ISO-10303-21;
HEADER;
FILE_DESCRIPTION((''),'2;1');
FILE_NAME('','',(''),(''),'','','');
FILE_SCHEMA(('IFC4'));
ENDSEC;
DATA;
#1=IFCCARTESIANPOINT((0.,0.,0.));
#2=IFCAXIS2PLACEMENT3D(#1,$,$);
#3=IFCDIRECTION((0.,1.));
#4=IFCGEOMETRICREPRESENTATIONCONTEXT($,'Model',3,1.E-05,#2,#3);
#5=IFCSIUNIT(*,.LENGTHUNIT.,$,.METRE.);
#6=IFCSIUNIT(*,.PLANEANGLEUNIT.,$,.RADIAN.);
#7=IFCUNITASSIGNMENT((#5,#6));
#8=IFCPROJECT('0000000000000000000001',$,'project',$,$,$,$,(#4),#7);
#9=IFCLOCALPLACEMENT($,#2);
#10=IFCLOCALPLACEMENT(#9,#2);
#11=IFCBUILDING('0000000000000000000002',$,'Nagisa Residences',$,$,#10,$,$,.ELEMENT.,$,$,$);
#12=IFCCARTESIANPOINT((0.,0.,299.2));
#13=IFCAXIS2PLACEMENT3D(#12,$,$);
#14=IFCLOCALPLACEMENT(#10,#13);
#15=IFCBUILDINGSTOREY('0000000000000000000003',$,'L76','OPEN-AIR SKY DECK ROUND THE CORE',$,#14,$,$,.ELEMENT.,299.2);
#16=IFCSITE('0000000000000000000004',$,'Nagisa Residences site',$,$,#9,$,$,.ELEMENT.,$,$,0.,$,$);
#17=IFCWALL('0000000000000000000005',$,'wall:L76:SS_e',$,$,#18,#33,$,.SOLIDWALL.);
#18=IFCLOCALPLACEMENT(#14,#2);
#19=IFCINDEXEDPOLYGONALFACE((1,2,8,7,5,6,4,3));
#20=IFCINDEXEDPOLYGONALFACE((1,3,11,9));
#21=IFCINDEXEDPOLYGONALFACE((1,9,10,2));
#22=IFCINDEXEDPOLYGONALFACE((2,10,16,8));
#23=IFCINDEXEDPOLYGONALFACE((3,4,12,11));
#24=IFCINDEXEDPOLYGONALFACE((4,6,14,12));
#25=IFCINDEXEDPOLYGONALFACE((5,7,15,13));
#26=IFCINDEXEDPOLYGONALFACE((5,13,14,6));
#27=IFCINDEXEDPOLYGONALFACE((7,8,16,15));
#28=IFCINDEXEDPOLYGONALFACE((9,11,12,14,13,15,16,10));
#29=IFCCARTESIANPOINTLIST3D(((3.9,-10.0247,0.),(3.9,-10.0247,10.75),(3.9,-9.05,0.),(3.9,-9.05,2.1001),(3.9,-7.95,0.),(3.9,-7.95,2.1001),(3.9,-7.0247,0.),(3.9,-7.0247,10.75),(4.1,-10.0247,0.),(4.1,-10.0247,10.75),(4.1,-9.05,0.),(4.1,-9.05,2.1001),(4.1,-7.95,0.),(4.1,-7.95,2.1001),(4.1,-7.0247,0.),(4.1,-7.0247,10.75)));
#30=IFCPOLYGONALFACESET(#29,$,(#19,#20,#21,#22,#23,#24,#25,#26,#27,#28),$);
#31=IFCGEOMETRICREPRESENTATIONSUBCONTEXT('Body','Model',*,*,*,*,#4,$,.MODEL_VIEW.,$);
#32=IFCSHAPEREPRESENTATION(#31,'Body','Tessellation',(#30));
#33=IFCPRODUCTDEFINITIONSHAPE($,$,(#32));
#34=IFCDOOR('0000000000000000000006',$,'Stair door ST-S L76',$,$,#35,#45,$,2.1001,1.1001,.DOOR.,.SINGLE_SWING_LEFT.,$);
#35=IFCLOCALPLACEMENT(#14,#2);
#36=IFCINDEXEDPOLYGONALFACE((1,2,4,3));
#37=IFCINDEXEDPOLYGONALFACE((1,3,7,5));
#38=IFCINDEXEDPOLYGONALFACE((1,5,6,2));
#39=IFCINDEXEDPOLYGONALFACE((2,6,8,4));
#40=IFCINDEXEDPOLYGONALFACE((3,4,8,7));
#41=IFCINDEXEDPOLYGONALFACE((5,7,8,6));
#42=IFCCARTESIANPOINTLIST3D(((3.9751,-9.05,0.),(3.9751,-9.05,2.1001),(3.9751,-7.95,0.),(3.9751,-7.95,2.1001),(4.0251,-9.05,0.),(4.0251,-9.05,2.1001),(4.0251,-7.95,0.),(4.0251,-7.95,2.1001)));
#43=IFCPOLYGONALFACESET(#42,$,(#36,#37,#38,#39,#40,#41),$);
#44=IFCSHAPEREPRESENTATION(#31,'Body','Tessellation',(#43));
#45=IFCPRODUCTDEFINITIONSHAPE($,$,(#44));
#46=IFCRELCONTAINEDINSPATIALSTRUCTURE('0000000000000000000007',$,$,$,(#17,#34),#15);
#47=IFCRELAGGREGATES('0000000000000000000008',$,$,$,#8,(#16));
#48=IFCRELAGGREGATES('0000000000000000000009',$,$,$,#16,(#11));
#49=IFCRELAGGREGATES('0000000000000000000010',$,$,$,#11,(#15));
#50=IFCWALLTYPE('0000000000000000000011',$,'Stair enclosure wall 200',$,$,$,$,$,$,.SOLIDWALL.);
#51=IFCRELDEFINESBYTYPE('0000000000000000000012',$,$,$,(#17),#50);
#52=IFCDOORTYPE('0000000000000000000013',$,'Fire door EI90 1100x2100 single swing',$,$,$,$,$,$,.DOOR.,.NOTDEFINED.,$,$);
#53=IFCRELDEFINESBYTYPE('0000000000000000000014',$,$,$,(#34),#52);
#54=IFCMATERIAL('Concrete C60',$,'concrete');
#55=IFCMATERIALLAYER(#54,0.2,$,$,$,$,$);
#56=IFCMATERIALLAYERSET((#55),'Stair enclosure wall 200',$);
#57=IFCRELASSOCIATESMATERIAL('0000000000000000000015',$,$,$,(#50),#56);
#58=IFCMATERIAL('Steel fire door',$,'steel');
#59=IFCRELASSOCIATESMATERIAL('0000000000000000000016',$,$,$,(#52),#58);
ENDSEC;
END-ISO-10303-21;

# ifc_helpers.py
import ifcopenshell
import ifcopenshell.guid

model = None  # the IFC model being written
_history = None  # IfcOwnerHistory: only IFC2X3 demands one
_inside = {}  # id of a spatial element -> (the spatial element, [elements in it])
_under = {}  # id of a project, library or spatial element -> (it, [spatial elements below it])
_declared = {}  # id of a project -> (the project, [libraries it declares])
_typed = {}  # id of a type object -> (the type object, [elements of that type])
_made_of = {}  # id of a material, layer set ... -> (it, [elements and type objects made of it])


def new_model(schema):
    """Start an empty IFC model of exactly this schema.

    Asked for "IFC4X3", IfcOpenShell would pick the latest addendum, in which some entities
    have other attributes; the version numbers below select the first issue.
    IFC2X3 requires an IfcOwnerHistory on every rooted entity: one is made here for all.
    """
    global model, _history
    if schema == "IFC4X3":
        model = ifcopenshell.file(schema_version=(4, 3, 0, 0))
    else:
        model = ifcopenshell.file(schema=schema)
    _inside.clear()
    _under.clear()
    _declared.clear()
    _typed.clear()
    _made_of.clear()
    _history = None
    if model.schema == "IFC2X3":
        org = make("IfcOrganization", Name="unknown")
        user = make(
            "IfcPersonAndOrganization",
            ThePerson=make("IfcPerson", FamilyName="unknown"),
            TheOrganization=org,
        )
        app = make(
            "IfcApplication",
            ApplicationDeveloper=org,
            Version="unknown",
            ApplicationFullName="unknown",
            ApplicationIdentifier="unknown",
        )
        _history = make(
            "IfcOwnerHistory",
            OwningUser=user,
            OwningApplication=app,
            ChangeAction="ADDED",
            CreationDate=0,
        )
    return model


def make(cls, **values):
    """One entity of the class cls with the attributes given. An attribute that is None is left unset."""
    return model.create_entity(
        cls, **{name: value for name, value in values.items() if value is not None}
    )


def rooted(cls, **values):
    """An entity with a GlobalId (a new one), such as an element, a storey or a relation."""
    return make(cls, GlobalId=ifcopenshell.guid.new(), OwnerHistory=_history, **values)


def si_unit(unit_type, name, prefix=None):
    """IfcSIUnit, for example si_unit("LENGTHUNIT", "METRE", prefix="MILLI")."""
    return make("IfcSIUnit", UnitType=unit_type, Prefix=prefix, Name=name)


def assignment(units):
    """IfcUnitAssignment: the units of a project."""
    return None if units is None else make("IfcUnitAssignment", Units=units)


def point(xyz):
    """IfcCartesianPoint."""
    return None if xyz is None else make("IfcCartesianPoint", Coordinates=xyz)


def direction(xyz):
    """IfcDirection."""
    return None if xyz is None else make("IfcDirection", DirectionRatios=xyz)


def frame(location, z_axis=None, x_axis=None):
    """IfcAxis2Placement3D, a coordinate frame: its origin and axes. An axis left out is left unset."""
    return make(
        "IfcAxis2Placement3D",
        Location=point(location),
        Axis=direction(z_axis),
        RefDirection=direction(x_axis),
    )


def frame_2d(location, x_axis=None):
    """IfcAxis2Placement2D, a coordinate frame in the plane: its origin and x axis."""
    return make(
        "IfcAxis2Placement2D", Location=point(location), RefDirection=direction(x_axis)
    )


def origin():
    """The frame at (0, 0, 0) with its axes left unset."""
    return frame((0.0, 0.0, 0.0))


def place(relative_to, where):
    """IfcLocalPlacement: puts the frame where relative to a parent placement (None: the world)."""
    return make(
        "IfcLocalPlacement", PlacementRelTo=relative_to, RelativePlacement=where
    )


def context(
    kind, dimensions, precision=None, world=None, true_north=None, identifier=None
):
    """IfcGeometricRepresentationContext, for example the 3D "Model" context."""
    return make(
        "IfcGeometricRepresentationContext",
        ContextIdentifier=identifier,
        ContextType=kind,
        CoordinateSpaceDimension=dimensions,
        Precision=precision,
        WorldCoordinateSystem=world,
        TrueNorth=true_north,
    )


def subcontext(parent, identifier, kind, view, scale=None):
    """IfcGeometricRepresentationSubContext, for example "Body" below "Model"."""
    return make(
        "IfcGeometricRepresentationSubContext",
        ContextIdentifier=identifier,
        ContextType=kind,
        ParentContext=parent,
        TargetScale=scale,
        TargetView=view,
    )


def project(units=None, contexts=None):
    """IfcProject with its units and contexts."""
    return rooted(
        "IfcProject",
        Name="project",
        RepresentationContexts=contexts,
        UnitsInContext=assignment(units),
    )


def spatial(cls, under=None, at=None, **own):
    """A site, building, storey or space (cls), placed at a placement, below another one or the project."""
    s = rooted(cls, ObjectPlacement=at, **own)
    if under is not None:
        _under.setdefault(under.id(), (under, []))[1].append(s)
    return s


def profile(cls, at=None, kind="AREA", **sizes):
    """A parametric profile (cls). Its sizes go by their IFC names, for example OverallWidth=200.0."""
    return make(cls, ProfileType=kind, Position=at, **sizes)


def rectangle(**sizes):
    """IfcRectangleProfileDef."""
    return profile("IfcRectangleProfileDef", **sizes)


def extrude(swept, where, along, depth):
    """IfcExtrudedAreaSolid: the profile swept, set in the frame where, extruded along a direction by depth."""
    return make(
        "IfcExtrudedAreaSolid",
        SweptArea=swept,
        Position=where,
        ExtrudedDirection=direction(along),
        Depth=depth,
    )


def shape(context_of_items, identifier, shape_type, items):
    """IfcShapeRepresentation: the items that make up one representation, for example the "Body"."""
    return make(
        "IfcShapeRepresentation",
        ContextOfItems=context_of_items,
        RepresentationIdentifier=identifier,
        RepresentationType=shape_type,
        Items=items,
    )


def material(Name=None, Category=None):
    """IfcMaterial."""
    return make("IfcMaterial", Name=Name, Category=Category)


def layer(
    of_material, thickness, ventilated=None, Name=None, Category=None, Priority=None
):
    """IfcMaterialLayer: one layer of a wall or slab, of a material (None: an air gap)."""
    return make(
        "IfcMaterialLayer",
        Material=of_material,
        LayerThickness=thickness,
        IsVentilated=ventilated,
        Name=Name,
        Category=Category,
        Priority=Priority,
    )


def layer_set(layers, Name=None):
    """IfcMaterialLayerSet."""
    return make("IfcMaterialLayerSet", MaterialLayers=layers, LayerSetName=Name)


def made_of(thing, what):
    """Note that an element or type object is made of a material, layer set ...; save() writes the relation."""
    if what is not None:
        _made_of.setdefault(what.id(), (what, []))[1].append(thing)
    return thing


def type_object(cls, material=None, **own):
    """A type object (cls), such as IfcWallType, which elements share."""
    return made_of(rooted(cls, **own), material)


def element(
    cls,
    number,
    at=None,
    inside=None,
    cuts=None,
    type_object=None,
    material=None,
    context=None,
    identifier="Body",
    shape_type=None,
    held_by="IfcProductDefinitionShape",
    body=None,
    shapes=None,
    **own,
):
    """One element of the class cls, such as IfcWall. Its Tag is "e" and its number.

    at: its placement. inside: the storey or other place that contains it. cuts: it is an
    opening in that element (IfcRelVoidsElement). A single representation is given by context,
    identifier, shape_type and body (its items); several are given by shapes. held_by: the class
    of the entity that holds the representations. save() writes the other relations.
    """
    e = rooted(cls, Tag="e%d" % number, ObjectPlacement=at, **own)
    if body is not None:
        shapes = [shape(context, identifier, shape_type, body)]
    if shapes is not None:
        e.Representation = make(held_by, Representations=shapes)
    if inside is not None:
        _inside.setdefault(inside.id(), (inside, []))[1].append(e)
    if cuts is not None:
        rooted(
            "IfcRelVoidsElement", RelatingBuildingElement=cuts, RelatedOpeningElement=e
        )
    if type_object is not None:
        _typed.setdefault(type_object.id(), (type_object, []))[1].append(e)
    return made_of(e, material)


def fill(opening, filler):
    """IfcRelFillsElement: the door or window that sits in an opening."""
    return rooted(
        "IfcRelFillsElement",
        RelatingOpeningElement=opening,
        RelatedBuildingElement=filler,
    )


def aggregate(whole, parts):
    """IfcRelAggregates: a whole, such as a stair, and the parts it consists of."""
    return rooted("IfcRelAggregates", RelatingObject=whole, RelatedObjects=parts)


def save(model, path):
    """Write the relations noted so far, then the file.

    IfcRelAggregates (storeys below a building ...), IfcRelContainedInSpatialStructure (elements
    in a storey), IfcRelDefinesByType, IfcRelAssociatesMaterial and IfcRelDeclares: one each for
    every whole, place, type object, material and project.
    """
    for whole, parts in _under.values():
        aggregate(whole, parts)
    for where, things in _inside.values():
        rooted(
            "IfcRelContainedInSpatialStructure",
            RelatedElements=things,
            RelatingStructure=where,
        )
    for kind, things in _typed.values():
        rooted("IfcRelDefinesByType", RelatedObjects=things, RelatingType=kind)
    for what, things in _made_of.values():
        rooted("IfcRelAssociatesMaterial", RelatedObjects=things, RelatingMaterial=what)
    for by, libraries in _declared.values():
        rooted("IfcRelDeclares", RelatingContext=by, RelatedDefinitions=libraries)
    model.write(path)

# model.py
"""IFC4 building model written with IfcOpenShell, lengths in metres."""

from ifc_helpers import new_model, si_unit, direction, frame, frame_2d, origin, place, context, subcontext, project, spatial, rectangle, extrude, material, layer, layer_set, type_object, element, fill, save


model = new_model("IFC4")

# Units and contexts
model_context = context("Model", 3, precision=1e-05, world=origin(), true_north=direction((0.0, 1.0)))
body_context = subcontext(model_context, "Body", "Model", "MODEL_VIEW")
ifc_project = project(units=[si_unit("LENGTHUNIT", "METRE"), si_unit("PLANEANGLEUNIT", "RADIAN")], contexts=[model_context])

# Site, building, storey
site_placement = place(None, origin())
site = spatial("IfcSite", under=ifc_project, at=site_placement, Name="Nagisa Residences site", CompositionType="ELEMENT", RefElevation=0.0)
building_placement = place(site_placement, origin())
building = spatial("IfcBuilding", under=site, at=building_placement, Name="Nagisa Residences", CompositionType="ELEMENT")
storey_placement = place(building_placement, frame((0.0, 0.0, 299.2)))
storey = spatial("IfcBuildingStorey", under=building, at=storey_placement, Name="L76", Description="OPEN-AIR SKY DECK ROUND THE CORE", CompositionType="ELEMENT", Elevation=299.2)

# Wall, opening, door
ifc_material_1 = material(Name="Concrete C60", Category="concrete")
ifc_layer_1 = layer(ifc_material_1, 0.2)
ifc_layer_set_1 = layer_set([ifc_layer_1], Name="Stair enclosure wall 200")
wall_type_1 = type_object("IfcWallType", Name="Stair enclosure wall 200", PredefinedType="SOLIDWALL", material=ifc_layer_set_1)
wall_1_placement = place(storey_placement, frame((4.0, -10.0247, 0.0), z_axis=(0.0, 0.0, 1.0), x_axis=(0.0, 1.0, 0.0)))
wall_1 = element("IfcWall", 1, at=wall_1_placement, inside=storey, type_object=wall_type_1, Name="wall:L76:SS_e", PredefinedType="SOLIDWALL", context=body_context, shape_type="SweptSolid", body=[
    extrude(rectangle(XDim=3.0, YDim=0.2, at=frame_2d((1.5, 0.0))), origin(), (0.0, 0.0, 1.0), 10.75),
])
opening_1_placement = place(wall_1_placement, frame((0.9746, 0.0, 0.0)))
opening_1 = element("IfcOpeningElement", 2, at=opening_1_placement, cuts=wall_1, PredefinedType="OPENING", context=body_context, shape_type="SweptSolid", body=[
    extrude(rectangle(XDim=1.1001, YDim=2.1001, at=frame_2d((0.55, 1.05))), frame((0.0, 0.1099, 0.0), z_axis=(0.0, -1.0, 0.0), x_axis=(1.0, 0.0, 0.0)), (0.0, 0.0, 1.0), 0.22),
])
ifc_material_2 = material(Name="Steel fire door", Category="steel")
door_type_1 = type_object("IfcDoorType", Name="Fire door EI90 1100x2100 single swing", OperationType="NOTDEFINED", PredefinedType="DOOR", material=ifc_material_2)
door_1_placement = place(opening_1_placement, origin())
door_1 = element("IfcDoor", 3, at=door_1_placement, inside=storey, type_object=door_type_1, Name="Stair door ST-S L76", OperationType="SINGLE_SWING_LEFT", OverallHeight=2.1001, OverallWidth=1.1001, PredefinedType="DOOR", context=body_context, shape_type="SweptSolid", body=[
    extrude(rectangle(XDim=1.1001, YDim=2.1001, at=frame_2d((0.55, 1.05))), frame((0.0, 0.0249, 0.0), z_axis=(0.0, -1.0, 0.0), x_axis=(1.0, 0.0, 0.0)), (0.0, 0.0, 1.0), 0.05),
])
fill(opening_1, door_1)

save(model, "model.ifc")
